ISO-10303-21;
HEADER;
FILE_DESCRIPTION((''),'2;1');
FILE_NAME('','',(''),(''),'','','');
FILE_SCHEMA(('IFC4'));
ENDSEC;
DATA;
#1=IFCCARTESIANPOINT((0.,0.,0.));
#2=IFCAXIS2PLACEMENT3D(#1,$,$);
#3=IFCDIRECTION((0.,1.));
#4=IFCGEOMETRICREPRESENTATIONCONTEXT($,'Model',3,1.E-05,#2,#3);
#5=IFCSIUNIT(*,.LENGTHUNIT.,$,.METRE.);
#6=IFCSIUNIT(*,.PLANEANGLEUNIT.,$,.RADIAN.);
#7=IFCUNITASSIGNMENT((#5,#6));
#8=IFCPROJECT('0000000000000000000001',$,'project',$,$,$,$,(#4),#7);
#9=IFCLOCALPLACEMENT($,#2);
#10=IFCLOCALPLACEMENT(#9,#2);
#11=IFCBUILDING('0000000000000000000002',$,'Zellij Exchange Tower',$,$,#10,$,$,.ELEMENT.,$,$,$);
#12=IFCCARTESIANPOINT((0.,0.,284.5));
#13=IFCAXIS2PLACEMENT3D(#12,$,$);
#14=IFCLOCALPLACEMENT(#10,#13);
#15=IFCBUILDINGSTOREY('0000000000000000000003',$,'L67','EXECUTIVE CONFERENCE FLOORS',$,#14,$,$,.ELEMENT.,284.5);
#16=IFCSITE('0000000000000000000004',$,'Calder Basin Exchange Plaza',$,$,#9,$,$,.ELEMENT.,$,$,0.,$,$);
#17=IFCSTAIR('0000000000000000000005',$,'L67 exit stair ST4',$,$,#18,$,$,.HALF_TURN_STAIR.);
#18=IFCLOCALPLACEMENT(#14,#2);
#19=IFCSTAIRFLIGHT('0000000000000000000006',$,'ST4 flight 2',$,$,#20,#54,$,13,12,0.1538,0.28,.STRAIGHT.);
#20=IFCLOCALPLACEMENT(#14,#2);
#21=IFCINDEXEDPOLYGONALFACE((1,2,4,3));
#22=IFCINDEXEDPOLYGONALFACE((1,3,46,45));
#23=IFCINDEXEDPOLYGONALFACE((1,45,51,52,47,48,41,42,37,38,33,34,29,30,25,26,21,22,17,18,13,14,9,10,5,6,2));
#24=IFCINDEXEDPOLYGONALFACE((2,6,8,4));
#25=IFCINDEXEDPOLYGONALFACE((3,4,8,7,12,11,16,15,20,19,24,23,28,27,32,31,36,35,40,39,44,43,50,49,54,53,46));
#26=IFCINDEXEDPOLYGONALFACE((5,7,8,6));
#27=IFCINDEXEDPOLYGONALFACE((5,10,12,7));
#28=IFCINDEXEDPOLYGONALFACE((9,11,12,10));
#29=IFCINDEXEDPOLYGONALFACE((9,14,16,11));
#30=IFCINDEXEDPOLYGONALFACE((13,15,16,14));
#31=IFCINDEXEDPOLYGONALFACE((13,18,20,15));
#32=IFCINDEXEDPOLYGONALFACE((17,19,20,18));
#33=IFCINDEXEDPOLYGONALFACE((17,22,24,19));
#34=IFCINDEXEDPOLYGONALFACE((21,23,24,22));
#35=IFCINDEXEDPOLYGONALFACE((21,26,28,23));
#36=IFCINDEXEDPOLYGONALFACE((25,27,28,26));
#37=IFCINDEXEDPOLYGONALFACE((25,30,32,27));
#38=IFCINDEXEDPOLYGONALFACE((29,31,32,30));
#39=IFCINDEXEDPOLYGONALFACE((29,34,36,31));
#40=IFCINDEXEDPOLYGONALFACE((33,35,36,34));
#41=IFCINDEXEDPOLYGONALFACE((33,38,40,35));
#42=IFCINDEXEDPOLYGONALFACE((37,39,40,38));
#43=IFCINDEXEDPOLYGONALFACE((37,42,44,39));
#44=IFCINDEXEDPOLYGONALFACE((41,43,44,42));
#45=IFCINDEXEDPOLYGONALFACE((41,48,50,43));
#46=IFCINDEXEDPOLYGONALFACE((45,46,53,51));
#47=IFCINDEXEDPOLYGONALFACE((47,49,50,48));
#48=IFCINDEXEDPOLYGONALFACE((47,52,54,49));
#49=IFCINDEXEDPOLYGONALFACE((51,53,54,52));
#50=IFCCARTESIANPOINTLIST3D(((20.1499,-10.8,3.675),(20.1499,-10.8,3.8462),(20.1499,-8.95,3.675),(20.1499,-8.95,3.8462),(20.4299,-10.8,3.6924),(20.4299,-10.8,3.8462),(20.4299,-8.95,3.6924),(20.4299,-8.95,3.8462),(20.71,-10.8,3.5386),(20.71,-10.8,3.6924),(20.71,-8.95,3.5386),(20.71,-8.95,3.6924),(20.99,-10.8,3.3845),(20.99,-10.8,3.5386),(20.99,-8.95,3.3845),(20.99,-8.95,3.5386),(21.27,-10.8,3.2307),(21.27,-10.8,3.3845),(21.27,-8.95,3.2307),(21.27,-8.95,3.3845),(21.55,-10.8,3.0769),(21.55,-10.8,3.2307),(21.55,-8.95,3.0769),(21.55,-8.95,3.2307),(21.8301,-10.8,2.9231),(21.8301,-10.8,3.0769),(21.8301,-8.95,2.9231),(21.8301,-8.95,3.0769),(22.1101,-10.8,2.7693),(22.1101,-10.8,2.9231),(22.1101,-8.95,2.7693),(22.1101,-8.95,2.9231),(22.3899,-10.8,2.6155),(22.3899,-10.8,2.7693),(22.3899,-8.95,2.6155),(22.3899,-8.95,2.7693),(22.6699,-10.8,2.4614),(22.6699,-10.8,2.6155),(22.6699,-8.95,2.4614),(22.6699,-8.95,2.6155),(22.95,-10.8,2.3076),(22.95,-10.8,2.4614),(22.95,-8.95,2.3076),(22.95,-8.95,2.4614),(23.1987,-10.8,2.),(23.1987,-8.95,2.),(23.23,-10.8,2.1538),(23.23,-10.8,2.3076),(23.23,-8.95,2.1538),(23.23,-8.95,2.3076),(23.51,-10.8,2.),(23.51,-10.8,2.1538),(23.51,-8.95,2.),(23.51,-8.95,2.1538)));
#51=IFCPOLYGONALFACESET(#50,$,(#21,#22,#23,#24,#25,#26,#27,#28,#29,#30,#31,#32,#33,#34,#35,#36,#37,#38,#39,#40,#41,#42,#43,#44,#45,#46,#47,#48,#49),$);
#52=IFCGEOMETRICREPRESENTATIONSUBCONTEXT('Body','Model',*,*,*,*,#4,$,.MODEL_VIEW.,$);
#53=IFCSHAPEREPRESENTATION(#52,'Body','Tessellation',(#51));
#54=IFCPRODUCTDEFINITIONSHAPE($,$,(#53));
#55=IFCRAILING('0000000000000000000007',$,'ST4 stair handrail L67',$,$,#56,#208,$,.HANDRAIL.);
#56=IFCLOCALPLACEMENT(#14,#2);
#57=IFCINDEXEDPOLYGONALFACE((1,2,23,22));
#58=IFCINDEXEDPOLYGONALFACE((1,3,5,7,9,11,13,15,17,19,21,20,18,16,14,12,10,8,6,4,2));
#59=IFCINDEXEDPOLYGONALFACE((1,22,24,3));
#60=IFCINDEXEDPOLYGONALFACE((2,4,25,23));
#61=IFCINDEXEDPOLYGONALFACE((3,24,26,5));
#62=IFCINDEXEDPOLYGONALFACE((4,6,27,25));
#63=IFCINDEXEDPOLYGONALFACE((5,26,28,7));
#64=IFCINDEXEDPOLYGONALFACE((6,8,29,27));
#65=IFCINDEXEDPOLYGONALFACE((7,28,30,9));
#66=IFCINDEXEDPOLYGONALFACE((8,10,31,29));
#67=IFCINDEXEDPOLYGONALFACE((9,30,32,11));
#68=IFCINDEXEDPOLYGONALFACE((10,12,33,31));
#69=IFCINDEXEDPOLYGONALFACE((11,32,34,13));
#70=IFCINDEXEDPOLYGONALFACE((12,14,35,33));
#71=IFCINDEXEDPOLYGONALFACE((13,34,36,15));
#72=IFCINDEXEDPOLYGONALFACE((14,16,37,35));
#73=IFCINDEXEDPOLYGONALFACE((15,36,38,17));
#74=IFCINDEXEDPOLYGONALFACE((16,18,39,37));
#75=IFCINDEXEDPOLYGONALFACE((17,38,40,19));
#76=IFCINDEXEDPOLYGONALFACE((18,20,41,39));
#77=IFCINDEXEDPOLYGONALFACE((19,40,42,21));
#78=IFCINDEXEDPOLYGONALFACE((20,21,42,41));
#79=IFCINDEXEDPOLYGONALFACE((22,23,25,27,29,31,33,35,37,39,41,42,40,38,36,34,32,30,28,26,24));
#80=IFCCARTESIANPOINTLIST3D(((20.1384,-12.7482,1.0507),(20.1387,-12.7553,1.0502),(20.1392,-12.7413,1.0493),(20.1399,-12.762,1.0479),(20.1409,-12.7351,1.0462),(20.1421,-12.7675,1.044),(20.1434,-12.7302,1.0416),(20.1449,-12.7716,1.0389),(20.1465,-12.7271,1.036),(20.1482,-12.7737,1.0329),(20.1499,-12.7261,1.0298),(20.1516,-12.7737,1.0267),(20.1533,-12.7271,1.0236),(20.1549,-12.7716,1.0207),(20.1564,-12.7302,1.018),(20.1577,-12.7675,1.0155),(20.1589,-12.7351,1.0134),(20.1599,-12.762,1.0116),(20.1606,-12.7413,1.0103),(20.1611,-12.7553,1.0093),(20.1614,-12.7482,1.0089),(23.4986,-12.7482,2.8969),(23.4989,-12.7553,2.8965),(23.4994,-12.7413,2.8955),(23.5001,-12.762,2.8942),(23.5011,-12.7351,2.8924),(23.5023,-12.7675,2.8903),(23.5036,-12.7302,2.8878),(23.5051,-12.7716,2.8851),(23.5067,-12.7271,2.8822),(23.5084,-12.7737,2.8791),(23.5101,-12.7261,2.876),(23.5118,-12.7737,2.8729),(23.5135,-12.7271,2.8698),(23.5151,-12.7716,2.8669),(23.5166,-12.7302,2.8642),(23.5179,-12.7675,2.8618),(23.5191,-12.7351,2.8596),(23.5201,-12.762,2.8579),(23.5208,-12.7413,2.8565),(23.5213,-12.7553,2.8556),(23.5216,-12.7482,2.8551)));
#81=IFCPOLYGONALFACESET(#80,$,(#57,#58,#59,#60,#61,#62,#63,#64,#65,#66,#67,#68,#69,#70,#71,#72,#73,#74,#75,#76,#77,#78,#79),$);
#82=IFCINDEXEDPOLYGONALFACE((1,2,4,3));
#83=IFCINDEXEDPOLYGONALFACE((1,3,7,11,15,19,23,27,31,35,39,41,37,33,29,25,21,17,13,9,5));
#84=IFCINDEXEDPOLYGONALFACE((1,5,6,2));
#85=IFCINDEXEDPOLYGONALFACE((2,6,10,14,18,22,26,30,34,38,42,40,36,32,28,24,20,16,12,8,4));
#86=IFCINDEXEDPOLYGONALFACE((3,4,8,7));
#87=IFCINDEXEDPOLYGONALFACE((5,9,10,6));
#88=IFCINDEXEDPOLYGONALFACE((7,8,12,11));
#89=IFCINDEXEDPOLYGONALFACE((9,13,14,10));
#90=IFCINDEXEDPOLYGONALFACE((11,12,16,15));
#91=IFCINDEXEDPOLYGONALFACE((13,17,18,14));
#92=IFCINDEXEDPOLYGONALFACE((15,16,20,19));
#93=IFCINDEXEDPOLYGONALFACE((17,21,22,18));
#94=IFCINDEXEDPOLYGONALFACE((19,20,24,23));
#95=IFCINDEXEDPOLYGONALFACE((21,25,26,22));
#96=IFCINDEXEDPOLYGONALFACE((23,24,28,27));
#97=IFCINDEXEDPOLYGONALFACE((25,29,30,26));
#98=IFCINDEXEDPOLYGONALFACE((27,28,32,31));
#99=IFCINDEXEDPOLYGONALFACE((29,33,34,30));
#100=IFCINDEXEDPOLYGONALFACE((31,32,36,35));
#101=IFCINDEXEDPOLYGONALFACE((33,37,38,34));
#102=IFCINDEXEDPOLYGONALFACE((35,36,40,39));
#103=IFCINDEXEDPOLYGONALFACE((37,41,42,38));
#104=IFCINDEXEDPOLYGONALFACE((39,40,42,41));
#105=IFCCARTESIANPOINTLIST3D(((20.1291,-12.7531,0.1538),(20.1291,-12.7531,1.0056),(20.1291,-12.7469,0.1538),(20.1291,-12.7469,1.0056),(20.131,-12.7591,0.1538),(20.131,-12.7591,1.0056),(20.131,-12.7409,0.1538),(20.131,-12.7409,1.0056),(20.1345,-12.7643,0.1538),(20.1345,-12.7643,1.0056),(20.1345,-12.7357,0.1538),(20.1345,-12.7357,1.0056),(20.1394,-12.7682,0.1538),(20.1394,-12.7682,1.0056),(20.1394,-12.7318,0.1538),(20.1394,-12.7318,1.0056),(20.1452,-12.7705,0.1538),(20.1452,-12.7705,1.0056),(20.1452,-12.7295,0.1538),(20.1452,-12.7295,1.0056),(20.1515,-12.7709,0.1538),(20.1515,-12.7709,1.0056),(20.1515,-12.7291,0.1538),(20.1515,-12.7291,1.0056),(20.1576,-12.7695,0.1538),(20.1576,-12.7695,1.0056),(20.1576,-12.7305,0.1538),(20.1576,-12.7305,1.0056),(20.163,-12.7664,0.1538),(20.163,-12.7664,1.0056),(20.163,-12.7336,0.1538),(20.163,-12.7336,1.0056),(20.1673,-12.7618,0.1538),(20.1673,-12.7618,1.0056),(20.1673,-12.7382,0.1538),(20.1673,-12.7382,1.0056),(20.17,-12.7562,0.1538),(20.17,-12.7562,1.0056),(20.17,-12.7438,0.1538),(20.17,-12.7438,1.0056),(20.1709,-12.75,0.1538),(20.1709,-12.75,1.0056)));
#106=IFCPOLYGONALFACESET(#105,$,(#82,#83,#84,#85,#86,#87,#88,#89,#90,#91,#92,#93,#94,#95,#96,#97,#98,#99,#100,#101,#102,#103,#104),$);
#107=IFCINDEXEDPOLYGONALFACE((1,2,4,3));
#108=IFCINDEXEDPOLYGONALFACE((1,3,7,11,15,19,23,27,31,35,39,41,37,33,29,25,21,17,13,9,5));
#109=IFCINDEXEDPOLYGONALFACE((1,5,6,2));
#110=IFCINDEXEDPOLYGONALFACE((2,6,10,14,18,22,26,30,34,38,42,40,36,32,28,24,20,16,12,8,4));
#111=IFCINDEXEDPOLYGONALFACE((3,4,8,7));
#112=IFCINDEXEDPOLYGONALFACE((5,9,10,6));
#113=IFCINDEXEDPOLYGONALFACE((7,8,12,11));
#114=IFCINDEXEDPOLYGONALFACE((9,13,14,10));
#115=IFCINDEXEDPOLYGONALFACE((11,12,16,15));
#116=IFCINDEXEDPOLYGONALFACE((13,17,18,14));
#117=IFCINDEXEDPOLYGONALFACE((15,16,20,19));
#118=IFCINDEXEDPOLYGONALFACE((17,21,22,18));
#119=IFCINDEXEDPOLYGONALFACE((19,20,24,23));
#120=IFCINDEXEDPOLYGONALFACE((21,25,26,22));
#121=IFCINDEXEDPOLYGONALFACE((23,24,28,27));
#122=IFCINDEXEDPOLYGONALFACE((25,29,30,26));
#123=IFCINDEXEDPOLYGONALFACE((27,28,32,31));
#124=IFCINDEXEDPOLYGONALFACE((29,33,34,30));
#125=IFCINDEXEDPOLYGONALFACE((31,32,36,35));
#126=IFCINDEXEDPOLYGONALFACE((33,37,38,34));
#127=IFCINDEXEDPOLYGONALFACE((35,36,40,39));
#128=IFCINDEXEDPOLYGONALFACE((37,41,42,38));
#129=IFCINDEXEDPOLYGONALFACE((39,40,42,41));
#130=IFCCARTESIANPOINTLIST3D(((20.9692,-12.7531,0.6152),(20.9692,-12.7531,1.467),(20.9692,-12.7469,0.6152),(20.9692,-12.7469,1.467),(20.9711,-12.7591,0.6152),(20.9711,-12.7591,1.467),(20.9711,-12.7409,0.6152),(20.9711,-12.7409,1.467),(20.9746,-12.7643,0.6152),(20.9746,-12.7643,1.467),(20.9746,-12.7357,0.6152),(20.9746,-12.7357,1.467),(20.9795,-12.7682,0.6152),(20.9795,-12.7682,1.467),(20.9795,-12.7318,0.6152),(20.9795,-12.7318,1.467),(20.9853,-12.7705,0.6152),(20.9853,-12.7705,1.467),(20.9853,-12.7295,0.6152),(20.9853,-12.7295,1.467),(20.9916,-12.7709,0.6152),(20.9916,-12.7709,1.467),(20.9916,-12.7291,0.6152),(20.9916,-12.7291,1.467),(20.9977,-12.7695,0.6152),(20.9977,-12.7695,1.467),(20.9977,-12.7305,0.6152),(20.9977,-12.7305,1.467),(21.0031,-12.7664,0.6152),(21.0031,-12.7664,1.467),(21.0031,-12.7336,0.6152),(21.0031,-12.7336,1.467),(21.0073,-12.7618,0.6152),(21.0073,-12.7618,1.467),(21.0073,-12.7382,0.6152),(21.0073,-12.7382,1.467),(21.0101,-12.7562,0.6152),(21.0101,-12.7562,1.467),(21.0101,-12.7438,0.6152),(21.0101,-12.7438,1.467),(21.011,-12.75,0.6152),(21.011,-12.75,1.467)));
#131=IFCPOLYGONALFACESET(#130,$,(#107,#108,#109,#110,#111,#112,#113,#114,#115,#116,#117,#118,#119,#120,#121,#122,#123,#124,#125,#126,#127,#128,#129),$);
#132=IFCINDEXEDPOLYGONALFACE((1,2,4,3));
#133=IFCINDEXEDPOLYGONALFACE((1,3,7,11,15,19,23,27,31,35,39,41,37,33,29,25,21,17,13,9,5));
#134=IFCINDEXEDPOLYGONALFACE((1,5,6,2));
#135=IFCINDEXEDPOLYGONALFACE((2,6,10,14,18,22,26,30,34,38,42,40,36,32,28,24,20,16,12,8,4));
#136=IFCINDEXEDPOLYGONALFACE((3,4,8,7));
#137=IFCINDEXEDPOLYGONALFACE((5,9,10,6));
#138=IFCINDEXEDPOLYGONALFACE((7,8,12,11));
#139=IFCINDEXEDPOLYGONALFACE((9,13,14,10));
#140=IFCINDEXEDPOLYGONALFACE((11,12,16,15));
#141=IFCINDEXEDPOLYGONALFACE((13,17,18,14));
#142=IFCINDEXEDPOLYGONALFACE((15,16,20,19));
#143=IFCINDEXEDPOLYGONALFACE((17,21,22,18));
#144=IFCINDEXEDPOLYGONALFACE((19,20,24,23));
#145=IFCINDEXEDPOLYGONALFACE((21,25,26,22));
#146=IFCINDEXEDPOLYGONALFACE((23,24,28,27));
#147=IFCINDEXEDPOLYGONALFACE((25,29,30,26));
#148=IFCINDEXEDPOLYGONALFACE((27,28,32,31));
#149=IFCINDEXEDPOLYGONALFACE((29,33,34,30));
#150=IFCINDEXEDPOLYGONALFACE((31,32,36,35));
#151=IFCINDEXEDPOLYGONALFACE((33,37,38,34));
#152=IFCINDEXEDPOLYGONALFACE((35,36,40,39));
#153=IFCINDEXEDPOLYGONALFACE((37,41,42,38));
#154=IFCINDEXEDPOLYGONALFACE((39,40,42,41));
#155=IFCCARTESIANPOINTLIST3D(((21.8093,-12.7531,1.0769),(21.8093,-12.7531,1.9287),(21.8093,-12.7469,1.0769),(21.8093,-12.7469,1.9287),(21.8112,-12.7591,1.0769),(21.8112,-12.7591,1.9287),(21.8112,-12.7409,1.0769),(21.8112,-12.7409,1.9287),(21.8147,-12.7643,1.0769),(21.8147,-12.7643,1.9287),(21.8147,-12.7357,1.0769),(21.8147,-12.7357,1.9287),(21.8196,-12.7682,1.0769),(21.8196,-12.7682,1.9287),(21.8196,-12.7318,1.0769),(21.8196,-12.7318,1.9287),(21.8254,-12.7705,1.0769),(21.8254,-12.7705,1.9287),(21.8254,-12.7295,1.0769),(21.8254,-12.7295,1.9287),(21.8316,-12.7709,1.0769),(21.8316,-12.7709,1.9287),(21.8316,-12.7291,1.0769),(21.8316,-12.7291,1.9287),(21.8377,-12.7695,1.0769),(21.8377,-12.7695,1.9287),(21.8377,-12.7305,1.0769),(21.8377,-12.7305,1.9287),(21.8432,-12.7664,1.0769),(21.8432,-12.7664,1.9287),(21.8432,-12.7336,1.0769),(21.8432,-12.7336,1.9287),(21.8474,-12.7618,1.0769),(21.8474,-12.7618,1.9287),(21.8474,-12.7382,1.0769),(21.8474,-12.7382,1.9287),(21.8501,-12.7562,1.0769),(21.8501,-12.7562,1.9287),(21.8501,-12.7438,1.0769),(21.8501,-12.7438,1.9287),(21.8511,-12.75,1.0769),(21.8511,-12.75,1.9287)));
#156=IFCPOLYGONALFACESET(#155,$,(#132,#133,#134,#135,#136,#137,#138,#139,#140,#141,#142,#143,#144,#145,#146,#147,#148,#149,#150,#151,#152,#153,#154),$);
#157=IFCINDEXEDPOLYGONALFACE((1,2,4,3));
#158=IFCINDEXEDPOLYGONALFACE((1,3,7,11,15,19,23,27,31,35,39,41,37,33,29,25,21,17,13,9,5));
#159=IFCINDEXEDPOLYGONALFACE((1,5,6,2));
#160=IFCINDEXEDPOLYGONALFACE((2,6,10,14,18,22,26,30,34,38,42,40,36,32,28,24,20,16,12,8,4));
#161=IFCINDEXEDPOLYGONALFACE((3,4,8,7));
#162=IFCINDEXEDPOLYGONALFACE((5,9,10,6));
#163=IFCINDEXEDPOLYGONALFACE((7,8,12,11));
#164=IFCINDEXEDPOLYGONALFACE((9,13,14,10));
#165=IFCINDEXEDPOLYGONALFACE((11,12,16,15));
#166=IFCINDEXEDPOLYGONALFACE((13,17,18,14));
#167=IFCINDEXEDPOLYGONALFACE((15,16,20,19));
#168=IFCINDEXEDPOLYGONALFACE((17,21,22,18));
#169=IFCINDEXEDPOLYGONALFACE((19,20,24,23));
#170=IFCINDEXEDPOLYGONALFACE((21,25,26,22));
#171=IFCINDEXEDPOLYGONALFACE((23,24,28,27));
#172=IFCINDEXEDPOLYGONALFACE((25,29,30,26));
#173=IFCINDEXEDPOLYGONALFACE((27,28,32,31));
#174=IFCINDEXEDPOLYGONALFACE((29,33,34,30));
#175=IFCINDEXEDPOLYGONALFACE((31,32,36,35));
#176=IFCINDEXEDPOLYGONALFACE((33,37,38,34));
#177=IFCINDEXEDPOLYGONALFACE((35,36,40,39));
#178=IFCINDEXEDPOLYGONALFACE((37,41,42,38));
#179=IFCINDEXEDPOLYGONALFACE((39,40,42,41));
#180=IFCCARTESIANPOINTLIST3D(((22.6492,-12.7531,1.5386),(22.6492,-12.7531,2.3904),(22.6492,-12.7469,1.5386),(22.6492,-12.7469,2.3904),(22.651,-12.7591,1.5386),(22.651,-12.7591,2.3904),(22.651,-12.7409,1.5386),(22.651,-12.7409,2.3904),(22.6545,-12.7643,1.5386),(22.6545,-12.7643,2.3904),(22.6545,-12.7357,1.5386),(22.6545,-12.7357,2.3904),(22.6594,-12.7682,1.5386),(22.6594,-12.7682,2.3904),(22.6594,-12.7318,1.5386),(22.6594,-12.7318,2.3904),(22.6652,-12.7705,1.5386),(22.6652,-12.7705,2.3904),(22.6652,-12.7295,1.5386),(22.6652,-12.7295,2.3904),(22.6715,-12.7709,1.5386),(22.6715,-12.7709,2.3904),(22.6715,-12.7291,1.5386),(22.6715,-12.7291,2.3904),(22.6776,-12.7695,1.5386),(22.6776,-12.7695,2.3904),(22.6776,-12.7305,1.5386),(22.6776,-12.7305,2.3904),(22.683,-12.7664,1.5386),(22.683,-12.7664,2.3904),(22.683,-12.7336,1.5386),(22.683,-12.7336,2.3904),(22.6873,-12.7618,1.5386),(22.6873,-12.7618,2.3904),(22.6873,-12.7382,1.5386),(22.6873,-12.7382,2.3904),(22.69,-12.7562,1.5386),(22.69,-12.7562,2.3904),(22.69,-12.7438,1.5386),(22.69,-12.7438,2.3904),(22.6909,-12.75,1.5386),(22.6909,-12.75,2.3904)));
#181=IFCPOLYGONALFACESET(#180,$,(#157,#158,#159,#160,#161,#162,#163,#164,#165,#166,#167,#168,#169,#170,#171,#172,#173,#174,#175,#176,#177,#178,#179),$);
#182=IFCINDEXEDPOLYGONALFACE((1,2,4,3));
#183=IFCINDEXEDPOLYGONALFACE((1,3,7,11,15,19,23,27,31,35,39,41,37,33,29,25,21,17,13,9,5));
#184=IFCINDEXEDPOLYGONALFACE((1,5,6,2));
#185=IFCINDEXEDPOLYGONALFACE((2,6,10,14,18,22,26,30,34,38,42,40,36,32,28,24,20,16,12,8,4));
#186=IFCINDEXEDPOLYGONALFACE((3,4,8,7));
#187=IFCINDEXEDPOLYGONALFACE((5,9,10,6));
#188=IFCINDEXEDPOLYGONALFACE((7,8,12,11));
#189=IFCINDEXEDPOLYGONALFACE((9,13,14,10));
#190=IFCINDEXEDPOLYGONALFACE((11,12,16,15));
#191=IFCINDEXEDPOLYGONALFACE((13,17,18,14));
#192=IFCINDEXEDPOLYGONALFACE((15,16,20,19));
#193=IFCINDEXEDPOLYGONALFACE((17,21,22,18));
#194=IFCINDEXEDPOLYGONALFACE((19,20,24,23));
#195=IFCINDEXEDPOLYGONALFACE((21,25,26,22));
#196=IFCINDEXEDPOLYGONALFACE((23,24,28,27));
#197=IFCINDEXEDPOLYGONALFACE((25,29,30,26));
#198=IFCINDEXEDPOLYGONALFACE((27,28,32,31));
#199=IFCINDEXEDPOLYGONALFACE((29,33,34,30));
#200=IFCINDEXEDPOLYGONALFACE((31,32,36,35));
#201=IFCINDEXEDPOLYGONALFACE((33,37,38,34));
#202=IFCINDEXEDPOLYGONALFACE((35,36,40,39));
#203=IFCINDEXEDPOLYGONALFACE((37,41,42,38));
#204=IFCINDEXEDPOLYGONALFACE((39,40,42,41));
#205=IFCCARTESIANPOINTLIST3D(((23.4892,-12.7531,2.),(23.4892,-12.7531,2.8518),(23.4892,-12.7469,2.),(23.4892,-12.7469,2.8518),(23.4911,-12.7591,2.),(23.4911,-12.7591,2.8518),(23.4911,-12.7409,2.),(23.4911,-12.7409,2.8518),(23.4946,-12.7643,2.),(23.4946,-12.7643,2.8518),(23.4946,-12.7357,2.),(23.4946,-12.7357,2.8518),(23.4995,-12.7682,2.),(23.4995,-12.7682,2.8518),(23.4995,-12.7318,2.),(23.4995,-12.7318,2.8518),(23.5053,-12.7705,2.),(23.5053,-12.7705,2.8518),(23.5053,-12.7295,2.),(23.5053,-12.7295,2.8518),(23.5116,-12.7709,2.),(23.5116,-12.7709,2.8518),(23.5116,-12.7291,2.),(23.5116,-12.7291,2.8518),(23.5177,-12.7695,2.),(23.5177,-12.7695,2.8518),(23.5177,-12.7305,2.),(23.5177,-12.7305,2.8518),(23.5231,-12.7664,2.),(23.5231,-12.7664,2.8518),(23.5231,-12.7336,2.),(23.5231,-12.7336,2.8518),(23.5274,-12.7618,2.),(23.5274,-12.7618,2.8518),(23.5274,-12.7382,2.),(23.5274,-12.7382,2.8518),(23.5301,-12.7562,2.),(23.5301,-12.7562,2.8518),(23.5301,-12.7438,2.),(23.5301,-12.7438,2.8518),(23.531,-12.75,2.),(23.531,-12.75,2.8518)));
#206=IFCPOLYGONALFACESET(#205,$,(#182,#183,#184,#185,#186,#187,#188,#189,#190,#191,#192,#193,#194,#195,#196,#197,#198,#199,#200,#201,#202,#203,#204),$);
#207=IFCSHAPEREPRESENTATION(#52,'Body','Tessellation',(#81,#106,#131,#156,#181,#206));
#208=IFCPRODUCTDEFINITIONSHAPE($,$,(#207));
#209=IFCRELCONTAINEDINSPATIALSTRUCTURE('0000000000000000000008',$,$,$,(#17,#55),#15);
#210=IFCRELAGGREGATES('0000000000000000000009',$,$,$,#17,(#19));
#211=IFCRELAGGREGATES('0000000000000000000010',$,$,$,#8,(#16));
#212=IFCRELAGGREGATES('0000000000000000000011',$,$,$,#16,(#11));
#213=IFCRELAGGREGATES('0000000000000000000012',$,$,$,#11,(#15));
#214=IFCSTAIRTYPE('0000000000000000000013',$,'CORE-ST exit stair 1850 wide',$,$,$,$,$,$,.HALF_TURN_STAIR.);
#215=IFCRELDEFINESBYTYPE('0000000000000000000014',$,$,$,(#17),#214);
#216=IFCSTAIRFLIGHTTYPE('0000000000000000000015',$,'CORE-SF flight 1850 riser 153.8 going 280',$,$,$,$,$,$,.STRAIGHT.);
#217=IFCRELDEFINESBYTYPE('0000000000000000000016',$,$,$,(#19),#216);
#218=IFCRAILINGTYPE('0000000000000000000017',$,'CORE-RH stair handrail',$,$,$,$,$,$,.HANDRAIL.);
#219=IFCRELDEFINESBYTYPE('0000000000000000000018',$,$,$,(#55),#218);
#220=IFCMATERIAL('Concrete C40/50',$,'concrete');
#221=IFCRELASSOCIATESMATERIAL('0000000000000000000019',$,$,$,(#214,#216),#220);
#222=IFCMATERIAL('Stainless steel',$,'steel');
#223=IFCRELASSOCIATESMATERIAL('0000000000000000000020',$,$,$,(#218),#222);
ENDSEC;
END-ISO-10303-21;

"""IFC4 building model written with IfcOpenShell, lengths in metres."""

from ifc_helpers import new_model, si_unit, direction, frame, origin, origin_2d, place, context, subcontext, project, spatial, polyline, circle, outline, extrude, material, type_object, element, aggregate, save


model = new_model("IFC4")

# Units and contexts
model_context = context("Model", 3, precision=1e-05, world=origin(), true_north=direction((0.0, 1.0)))
body_context = subcontext(model_context, "Body", "Model", "MODEL_VIEW")
ifc_project = project(units=[si_unit("LENGTHUNIT", "METRE"), si_unit("PLANEANGLEUNIT", "RADIAN")], contexts=[model_context])

# Site, building, storey
site_placement = place(None, origin())
site = spatial("IfcSite", under=ifc_project, at=site_placement, Name="Calder Basin Exchange Plaza", CompositionType="ELEMENT", RefElevation=0.0)
building_placement = place(site_placement, origin())
building = spatial("IfcBuilding", under=site, at=building_placement, Name="Zellij Exchange Tower", CompositionType="ELEMENT")
storey_placement = place(building_placement, frame((0.0, 0.0, 284.5)))
storey = spatial("IfcBuildingStorey", under=building, at=storey_placement, Name="L67", Description="EXECUTIVE CONFERENCE FLOORS", CompositionType="ELEMENT", Elevation=284.5)

# Stair, stair flight
ifc_material_1 = material(Name="Concrete C40/50", Category="concrete")
stair_type = type_object("IfcStairType", Name="CORE-ST exit stair 1850 wide", PredefinedType="HALF_TURN_STAIR", material=ifc_material_1)
stair_placement = place(storey_placement, origin())
stair = element("IfcStair", 1, at=stair_placement, inside=storey, type_object=stair_type, Name="L67 exit stair ST4", PredefinedType="HALF_TURN_STAIR")
stair_flight_type = type_object("IfcStairFlightType", Name="CORE-SF flight 1850 riser 153.8 going 280", PredefinedType="STRAIGHT", material=ifc_material_1)
stair_flight_1_placement = place(storey_placement, frame((23.51, -9.875, 2.0), z_axis=(0.0, 0.0, 1.0), x_axis=(-1.0, 0.0, 0.0)))
stair_flight_1 = element("IfcStairFlight", 2, at=stair_flight_1_placement, type_object=stair_flight_type, Name="ST4 flight 2", NumberOfRisers=13, NumberOfTreads=12, PredefinedType="STRAIGHT", RiserHeight=0.1538, TreadLength=0.28, context=body_context, shape_type="SweptSolid", body=[
    extrude(outline(polyline([(0.0, 0.0), (0.0, 0.1538), (0.28, 0.1538), (0.28, 0.3076), (0.5601, 0.3076), (0.5601, 0.4614), (0.8401, 0.4614), (0.8401, 0.6155), (1.1201, 0.6155), (1.1201, 0.7693), (1.3999, 0.7693), (1.3999, 0.9231), (1.6799, 0.9231), (1.6799, 1.0769), (1.96, 1.0769), (1.96, 1.2307), (2.24, 1.2307), (2.24, 1.3845), (2.52, 1.3845), (2.52, 1.5386), (2.8, 1.5386), (2.8, 1.6924), (3.0801, 1.6924), (3.0801, 1.8462), (3.3601, 1.8462), (3.3601, 2.0), (3.3601, 1.675), (0.3113, 0.0), (0.0, 0.0)])), frame((0.0, 0.925, 0.0), z_axis=(0.0, -1.0, 0.0), x_axis=(1.0, 0.0, 0.0)), (0.0, 0.0, 1.0), 1.8501),
])
aggregate(stair, [stair_flight_1])

# Railing
ifc_material_2 = material(Name="Stainless steel", Category="steel")
railing_type_1 = type_object("IfcRailingType", Name="CORE-RH stair handrail", PredefinedType="HANDRAIL", material=ifc_material_2)
railing_1_placement = place(storey_placement, frame((20.1499, -12.75, 0.1538)))
element("IfcRailing", 3, at=railing_1_placement, inside=storey, type_object=railing_type_1, Name="ST4 stair handrail L67", PredefinedType="HANDRAIL", context=body_context, shape_type="SweptSolid", body=[
    extrude(circle(Radius=0.0239, at=origin_2d()), frame((0.0, 0.0, 0.876), z_axis=(0.876422, 0.0, 0.481545), x_axis=(0.0, 1.0, 0.0)), (0.0, 0.0, 1.0), 3.834),
    extrude(circle(Radius=0.021, at=origin_2d()), origin(), (0.0, 0.0, 1.0), 0.8518),
    extrude(circle(Radius=0.021, at=origin_2d()), frame((0.8401, 0.0, 0.4614)), (0.0, 0.0, 1.0), 0.8518),
    extrude(circle(Radius=0.021, at=origin_2d()), frame((1.6802, 0.0, 0.9231)), (0.0, 0.0, 1.0), 0.8518),
    extrude(circle(Radius=0.021, at=origin_2d()), frame((2.52, 0.0, 1.3848)), (0.0, 0.0, 1.0), 0.8518),
    extrude(circle(Radius=0.021, at=origin_2d()), frame((3.3601, 0.0, 1.8462)), (0.0, 0.0, 1.0), 0.8518),
])

save(model, "model.ifc")
